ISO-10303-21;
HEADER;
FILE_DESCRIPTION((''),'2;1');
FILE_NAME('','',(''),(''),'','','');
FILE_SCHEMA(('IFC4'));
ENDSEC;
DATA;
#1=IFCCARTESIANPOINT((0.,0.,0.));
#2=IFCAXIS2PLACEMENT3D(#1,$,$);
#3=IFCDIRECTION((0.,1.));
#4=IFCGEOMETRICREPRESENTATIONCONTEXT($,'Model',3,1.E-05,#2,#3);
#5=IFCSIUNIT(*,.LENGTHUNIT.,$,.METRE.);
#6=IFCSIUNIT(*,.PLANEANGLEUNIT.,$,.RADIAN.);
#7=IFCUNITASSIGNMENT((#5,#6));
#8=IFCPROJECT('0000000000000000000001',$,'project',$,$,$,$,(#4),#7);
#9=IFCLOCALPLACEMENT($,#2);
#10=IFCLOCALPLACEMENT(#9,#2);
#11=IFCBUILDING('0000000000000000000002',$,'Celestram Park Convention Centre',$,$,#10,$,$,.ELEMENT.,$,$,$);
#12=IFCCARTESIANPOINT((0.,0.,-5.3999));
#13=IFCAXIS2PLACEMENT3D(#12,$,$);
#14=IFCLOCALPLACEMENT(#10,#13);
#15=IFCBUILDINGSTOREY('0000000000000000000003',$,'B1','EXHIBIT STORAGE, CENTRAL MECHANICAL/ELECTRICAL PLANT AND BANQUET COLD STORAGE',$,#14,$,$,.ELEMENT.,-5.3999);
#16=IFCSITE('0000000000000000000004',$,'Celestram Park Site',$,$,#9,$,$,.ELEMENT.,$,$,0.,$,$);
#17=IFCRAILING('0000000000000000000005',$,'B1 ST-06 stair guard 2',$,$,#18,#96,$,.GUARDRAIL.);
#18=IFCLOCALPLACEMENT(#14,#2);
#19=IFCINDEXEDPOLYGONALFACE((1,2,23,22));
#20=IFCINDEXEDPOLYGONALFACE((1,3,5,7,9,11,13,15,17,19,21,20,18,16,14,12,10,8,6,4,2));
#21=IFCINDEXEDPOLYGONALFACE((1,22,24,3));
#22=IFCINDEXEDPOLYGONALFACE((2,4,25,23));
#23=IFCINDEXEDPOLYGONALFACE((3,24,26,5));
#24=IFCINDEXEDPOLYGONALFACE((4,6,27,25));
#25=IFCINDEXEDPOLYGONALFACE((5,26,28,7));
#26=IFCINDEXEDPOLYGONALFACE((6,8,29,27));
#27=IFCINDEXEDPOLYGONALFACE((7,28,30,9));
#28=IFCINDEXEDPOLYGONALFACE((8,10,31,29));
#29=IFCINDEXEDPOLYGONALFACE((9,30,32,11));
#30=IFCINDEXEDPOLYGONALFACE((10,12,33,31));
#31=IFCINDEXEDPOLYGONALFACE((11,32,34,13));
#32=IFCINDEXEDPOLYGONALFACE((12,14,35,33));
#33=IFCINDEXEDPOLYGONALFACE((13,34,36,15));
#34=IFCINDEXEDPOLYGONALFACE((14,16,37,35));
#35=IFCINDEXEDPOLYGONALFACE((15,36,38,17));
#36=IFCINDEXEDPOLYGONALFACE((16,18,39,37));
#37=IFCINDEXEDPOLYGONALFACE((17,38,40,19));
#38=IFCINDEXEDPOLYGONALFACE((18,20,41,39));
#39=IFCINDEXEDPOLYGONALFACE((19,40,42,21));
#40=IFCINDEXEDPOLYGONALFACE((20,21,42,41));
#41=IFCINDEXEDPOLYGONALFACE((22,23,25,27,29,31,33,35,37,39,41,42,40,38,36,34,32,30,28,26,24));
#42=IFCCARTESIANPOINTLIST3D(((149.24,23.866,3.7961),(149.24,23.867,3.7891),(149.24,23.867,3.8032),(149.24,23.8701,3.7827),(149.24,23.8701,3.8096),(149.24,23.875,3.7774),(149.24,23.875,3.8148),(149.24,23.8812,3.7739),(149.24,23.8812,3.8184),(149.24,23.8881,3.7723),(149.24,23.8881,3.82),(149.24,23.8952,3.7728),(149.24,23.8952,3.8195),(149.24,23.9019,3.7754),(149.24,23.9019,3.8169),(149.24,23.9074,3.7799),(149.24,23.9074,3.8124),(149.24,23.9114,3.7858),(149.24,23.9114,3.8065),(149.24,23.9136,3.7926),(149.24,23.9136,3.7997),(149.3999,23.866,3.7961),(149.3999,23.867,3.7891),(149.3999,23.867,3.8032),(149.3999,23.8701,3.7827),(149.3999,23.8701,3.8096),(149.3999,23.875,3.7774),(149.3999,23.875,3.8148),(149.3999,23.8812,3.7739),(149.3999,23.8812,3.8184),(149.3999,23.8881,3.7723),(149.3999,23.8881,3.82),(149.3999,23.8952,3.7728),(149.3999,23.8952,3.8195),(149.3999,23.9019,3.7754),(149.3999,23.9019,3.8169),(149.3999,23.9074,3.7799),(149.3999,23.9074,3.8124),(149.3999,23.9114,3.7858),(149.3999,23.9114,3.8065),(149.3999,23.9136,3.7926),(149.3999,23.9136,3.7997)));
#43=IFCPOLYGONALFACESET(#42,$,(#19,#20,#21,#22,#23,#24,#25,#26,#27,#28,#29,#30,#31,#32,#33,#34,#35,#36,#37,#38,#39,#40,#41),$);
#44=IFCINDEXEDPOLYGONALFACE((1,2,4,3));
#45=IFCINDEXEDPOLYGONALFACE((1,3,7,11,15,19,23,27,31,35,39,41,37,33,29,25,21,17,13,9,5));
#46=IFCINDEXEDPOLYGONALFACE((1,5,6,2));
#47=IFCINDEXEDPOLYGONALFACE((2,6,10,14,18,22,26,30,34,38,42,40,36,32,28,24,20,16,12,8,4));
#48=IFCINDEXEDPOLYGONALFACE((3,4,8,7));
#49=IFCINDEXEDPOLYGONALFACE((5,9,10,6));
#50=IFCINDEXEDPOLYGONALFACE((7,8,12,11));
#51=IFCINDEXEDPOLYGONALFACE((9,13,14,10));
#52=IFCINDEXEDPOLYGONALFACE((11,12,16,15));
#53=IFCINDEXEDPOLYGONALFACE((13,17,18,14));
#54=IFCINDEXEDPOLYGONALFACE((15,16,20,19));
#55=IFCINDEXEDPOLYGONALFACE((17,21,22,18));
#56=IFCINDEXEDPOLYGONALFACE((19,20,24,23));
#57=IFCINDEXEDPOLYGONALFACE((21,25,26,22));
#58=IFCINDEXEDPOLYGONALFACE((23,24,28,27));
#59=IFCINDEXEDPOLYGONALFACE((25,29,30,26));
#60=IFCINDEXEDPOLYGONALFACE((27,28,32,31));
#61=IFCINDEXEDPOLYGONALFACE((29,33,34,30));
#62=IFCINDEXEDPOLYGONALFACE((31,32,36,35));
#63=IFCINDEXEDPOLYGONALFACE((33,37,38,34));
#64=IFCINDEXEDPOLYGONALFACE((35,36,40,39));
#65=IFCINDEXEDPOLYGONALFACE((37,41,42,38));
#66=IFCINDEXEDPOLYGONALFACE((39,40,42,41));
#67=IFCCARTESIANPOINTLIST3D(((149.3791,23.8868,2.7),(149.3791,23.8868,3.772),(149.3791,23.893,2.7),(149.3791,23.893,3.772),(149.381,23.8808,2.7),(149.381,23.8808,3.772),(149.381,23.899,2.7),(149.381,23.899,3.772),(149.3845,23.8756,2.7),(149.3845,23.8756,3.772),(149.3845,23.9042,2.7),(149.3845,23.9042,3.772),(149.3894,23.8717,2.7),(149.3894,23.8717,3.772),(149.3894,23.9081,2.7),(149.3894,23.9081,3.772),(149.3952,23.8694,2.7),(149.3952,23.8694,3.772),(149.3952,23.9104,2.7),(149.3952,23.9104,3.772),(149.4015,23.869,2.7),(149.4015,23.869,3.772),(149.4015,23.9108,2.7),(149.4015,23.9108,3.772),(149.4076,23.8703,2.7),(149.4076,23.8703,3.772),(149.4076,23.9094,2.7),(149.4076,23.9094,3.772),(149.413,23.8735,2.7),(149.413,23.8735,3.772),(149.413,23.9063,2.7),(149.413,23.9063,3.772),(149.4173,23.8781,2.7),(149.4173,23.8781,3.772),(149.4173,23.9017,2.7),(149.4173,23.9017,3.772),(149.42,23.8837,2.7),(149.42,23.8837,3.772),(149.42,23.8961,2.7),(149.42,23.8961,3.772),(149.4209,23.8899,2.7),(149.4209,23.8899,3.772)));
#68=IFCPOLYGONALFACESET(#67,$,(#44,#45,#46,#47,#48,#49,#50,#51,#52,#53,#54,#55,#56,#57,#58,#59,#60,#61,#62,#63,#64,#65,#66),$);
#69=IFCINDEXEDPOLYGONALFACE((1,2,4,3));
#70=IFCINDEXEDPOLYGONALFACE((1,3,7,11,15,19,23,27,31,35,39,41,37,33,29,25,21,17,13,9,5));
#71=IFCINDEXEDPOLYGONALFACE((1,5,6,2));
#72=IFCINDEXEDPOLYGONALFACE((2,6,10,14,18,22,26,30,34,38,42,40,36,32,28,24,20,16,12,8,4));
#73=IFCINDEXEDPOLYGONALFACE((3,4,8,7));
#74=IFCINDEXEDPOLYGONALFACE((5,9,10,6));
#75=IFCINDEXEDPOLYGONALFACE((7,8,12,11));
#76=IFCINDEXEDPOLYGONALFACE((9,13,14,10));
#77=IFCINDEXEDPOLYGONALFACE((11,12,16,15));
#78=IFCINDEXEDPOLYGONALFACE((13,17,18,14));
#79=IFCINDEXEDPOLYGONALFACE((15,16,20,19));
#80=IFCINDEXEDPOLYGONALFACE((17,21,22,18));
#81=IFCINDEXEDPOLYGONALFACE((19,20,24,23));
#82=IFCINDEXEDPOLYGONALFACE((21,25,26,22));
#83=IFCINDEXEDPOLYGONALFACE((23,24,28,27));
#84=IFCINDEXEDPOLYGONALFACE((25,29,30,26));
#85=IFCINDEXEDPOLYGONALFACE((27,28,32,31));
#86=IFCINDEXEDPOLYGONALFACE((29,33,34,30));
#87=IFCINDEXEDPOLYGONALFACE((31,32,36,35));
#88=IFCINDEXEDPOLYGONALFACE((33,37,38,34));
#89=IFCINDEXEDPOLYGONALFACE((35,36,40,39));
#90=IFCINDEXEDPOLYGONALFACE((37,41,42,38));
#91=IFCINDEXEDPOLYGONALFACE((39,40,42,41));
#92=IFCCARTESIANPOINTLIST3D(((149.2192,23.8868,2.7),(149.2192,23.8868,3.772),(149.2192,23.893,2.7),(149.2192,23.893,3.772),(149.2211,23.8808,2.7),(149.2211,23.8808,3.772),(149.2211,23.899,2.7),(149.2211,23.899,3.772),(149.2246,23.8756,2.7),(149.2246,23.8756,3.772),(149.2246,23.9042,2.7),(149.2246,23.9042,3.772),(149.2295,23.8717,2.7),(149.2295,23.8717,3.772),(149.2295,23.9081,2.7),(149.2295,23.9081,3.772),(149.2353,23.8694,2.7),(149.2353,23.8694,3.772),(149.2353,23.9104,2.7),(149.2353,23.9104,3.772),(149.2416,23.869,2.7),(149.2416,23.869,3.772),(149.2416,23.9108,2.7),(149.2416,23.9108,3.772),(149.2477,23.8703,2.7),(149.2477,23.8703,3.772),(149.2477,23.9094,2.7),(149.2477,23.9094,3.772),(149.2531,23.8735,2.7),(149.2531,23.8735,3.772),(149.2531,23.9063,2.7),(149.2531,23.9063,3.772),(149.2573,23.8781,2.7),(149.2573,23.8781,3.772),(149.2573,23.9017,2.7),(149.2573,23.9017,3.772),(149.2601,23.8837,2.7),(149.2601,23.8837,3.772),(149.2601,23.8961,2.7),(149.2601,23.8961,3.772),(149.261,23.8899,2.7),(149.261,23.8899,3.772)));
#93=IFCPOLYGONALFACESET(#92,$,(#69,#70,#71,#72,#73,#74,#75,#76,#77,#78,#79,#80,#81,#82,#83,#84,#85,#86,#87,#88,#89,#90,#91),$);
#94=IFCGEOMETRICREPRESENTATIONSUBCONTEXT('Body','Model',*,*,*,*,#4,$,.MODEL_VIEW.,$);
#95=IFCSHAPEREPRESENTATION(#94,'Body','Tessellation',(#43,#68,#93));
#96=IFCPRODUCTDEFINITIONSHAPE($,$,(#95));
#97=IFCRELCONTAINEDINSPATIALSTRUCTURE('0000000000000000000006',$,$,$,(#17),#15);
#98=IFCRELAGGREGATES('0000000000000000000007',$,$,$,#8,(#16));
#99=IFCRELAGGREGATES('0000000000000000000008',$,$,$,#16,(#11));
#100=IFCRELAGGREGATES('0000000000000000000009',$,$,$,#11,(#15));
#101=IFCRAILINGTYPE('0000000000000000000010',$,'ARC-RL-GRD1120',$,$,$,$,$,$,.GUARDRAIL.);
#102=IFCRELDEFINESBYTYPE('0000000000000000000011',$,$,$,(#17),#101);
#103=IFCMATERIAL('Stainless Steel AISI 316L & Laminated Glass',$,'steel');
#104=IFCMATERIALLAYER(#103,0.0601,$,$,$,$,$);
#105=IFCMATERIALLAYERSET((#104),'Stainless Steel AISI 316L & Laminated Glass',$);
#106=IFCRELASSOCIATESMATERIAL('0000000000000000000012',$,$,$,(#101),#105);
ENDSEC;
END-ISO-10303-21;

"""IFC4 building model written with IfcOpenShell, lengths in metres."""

from ifc_helpers import new_model, si_unit, direction, frame, origin, origin_2d, place, context, subcontext, project, spatial, circle, extrude, material, layer, layer_set, type_object, element, save


model = new_model("IFC4")

# Units and contexts
model_context = context("Model", 3, precision=1e-05, world=origin(), true_north=direction((0.0, 1.0)))
body_context = subcontext(model_context, "Body", "Model", "MODEL_VIEW")
ifc_project = project(units=[si_unit("LENGTHUNIT", "METRE"), si_unit("PLANEANGLEUNIT", "RADIAN")], contexts=[model_context])

# Site, building, storey
site_placement = place(None, origin())
site = spatial("IfcSite", under=ifc_project, at=site_placement, Name="Celestram Park Site", CompositionType="ELEMENT", RefElevation=0.0)
building_placement = place(site_placement, origin())
building = spatial("IfcBuilding", under=site, at=building_placement, Name="Celestram Park Convention Centre", CompositionType="ELEMENT")
storey_placement = place(building_placement, frame((0.0, 0.0, -5.3999)))
storey = spatial("IfcBuildingStorey", under=building, at=storey_placement, Name="B1", Description="EXHIBIT STORAGE, CENTRAL MECHANICAL/ELECTRICAL PLANT AND BANQUET COLD STORAGE", CompositionType="ELEMENT", Elevation=-5.3999)

# Railing
ifc_material_1 = material(Name="Stainless Steel AISI 316L & Laminated Glass", Category="steel")
ifc_layer_1 = layer(ifc_material_1, 0.0601)
ifc_layer_set_1 = layer_set([ifc_layer_1], Name="Stainless Steel AISI 316L & Laminated Glass")
railing_type_1 = type_object("IfcRailingType", Name="ARC-RL-GRD1120", PredefinedType="GUARDRAIL", material=ifc_layer_set_1)
railing_1_placement = place(storey_placement, frame((149.3999, 23.8899, 2.7)))
element("IfcRailing", 1, at=railing_1_placement, inside=storey, type_object=railing_type_1, Name="B1 ST-06 stair guard 2", PredefinedType="GUARDRAIL", context=body_context, shape_type="SweptSolid", body=[
    extrude(circle(Radius=0.0239, at=origin_2d()), frame((0.0, 0.0, 1.0962), z_axis=(-1.0, 0.0, 0.0), x_axis=(0.0, -1.0, 0.0)), (0.0, 0.0, 1.0), 0.1599),
    extrude(circle(Radius=0.021, at=origin_2d()), origin(), (0.0, 0.0, 1.0), 1.072),
    extrude(circle(Radius=0.021, at=origin_2d()), frame((-0.1599, 0.0, 0.0)), (0.0, 0.0, 1.0), 1.072),
])

save(model, "model.ifc")
